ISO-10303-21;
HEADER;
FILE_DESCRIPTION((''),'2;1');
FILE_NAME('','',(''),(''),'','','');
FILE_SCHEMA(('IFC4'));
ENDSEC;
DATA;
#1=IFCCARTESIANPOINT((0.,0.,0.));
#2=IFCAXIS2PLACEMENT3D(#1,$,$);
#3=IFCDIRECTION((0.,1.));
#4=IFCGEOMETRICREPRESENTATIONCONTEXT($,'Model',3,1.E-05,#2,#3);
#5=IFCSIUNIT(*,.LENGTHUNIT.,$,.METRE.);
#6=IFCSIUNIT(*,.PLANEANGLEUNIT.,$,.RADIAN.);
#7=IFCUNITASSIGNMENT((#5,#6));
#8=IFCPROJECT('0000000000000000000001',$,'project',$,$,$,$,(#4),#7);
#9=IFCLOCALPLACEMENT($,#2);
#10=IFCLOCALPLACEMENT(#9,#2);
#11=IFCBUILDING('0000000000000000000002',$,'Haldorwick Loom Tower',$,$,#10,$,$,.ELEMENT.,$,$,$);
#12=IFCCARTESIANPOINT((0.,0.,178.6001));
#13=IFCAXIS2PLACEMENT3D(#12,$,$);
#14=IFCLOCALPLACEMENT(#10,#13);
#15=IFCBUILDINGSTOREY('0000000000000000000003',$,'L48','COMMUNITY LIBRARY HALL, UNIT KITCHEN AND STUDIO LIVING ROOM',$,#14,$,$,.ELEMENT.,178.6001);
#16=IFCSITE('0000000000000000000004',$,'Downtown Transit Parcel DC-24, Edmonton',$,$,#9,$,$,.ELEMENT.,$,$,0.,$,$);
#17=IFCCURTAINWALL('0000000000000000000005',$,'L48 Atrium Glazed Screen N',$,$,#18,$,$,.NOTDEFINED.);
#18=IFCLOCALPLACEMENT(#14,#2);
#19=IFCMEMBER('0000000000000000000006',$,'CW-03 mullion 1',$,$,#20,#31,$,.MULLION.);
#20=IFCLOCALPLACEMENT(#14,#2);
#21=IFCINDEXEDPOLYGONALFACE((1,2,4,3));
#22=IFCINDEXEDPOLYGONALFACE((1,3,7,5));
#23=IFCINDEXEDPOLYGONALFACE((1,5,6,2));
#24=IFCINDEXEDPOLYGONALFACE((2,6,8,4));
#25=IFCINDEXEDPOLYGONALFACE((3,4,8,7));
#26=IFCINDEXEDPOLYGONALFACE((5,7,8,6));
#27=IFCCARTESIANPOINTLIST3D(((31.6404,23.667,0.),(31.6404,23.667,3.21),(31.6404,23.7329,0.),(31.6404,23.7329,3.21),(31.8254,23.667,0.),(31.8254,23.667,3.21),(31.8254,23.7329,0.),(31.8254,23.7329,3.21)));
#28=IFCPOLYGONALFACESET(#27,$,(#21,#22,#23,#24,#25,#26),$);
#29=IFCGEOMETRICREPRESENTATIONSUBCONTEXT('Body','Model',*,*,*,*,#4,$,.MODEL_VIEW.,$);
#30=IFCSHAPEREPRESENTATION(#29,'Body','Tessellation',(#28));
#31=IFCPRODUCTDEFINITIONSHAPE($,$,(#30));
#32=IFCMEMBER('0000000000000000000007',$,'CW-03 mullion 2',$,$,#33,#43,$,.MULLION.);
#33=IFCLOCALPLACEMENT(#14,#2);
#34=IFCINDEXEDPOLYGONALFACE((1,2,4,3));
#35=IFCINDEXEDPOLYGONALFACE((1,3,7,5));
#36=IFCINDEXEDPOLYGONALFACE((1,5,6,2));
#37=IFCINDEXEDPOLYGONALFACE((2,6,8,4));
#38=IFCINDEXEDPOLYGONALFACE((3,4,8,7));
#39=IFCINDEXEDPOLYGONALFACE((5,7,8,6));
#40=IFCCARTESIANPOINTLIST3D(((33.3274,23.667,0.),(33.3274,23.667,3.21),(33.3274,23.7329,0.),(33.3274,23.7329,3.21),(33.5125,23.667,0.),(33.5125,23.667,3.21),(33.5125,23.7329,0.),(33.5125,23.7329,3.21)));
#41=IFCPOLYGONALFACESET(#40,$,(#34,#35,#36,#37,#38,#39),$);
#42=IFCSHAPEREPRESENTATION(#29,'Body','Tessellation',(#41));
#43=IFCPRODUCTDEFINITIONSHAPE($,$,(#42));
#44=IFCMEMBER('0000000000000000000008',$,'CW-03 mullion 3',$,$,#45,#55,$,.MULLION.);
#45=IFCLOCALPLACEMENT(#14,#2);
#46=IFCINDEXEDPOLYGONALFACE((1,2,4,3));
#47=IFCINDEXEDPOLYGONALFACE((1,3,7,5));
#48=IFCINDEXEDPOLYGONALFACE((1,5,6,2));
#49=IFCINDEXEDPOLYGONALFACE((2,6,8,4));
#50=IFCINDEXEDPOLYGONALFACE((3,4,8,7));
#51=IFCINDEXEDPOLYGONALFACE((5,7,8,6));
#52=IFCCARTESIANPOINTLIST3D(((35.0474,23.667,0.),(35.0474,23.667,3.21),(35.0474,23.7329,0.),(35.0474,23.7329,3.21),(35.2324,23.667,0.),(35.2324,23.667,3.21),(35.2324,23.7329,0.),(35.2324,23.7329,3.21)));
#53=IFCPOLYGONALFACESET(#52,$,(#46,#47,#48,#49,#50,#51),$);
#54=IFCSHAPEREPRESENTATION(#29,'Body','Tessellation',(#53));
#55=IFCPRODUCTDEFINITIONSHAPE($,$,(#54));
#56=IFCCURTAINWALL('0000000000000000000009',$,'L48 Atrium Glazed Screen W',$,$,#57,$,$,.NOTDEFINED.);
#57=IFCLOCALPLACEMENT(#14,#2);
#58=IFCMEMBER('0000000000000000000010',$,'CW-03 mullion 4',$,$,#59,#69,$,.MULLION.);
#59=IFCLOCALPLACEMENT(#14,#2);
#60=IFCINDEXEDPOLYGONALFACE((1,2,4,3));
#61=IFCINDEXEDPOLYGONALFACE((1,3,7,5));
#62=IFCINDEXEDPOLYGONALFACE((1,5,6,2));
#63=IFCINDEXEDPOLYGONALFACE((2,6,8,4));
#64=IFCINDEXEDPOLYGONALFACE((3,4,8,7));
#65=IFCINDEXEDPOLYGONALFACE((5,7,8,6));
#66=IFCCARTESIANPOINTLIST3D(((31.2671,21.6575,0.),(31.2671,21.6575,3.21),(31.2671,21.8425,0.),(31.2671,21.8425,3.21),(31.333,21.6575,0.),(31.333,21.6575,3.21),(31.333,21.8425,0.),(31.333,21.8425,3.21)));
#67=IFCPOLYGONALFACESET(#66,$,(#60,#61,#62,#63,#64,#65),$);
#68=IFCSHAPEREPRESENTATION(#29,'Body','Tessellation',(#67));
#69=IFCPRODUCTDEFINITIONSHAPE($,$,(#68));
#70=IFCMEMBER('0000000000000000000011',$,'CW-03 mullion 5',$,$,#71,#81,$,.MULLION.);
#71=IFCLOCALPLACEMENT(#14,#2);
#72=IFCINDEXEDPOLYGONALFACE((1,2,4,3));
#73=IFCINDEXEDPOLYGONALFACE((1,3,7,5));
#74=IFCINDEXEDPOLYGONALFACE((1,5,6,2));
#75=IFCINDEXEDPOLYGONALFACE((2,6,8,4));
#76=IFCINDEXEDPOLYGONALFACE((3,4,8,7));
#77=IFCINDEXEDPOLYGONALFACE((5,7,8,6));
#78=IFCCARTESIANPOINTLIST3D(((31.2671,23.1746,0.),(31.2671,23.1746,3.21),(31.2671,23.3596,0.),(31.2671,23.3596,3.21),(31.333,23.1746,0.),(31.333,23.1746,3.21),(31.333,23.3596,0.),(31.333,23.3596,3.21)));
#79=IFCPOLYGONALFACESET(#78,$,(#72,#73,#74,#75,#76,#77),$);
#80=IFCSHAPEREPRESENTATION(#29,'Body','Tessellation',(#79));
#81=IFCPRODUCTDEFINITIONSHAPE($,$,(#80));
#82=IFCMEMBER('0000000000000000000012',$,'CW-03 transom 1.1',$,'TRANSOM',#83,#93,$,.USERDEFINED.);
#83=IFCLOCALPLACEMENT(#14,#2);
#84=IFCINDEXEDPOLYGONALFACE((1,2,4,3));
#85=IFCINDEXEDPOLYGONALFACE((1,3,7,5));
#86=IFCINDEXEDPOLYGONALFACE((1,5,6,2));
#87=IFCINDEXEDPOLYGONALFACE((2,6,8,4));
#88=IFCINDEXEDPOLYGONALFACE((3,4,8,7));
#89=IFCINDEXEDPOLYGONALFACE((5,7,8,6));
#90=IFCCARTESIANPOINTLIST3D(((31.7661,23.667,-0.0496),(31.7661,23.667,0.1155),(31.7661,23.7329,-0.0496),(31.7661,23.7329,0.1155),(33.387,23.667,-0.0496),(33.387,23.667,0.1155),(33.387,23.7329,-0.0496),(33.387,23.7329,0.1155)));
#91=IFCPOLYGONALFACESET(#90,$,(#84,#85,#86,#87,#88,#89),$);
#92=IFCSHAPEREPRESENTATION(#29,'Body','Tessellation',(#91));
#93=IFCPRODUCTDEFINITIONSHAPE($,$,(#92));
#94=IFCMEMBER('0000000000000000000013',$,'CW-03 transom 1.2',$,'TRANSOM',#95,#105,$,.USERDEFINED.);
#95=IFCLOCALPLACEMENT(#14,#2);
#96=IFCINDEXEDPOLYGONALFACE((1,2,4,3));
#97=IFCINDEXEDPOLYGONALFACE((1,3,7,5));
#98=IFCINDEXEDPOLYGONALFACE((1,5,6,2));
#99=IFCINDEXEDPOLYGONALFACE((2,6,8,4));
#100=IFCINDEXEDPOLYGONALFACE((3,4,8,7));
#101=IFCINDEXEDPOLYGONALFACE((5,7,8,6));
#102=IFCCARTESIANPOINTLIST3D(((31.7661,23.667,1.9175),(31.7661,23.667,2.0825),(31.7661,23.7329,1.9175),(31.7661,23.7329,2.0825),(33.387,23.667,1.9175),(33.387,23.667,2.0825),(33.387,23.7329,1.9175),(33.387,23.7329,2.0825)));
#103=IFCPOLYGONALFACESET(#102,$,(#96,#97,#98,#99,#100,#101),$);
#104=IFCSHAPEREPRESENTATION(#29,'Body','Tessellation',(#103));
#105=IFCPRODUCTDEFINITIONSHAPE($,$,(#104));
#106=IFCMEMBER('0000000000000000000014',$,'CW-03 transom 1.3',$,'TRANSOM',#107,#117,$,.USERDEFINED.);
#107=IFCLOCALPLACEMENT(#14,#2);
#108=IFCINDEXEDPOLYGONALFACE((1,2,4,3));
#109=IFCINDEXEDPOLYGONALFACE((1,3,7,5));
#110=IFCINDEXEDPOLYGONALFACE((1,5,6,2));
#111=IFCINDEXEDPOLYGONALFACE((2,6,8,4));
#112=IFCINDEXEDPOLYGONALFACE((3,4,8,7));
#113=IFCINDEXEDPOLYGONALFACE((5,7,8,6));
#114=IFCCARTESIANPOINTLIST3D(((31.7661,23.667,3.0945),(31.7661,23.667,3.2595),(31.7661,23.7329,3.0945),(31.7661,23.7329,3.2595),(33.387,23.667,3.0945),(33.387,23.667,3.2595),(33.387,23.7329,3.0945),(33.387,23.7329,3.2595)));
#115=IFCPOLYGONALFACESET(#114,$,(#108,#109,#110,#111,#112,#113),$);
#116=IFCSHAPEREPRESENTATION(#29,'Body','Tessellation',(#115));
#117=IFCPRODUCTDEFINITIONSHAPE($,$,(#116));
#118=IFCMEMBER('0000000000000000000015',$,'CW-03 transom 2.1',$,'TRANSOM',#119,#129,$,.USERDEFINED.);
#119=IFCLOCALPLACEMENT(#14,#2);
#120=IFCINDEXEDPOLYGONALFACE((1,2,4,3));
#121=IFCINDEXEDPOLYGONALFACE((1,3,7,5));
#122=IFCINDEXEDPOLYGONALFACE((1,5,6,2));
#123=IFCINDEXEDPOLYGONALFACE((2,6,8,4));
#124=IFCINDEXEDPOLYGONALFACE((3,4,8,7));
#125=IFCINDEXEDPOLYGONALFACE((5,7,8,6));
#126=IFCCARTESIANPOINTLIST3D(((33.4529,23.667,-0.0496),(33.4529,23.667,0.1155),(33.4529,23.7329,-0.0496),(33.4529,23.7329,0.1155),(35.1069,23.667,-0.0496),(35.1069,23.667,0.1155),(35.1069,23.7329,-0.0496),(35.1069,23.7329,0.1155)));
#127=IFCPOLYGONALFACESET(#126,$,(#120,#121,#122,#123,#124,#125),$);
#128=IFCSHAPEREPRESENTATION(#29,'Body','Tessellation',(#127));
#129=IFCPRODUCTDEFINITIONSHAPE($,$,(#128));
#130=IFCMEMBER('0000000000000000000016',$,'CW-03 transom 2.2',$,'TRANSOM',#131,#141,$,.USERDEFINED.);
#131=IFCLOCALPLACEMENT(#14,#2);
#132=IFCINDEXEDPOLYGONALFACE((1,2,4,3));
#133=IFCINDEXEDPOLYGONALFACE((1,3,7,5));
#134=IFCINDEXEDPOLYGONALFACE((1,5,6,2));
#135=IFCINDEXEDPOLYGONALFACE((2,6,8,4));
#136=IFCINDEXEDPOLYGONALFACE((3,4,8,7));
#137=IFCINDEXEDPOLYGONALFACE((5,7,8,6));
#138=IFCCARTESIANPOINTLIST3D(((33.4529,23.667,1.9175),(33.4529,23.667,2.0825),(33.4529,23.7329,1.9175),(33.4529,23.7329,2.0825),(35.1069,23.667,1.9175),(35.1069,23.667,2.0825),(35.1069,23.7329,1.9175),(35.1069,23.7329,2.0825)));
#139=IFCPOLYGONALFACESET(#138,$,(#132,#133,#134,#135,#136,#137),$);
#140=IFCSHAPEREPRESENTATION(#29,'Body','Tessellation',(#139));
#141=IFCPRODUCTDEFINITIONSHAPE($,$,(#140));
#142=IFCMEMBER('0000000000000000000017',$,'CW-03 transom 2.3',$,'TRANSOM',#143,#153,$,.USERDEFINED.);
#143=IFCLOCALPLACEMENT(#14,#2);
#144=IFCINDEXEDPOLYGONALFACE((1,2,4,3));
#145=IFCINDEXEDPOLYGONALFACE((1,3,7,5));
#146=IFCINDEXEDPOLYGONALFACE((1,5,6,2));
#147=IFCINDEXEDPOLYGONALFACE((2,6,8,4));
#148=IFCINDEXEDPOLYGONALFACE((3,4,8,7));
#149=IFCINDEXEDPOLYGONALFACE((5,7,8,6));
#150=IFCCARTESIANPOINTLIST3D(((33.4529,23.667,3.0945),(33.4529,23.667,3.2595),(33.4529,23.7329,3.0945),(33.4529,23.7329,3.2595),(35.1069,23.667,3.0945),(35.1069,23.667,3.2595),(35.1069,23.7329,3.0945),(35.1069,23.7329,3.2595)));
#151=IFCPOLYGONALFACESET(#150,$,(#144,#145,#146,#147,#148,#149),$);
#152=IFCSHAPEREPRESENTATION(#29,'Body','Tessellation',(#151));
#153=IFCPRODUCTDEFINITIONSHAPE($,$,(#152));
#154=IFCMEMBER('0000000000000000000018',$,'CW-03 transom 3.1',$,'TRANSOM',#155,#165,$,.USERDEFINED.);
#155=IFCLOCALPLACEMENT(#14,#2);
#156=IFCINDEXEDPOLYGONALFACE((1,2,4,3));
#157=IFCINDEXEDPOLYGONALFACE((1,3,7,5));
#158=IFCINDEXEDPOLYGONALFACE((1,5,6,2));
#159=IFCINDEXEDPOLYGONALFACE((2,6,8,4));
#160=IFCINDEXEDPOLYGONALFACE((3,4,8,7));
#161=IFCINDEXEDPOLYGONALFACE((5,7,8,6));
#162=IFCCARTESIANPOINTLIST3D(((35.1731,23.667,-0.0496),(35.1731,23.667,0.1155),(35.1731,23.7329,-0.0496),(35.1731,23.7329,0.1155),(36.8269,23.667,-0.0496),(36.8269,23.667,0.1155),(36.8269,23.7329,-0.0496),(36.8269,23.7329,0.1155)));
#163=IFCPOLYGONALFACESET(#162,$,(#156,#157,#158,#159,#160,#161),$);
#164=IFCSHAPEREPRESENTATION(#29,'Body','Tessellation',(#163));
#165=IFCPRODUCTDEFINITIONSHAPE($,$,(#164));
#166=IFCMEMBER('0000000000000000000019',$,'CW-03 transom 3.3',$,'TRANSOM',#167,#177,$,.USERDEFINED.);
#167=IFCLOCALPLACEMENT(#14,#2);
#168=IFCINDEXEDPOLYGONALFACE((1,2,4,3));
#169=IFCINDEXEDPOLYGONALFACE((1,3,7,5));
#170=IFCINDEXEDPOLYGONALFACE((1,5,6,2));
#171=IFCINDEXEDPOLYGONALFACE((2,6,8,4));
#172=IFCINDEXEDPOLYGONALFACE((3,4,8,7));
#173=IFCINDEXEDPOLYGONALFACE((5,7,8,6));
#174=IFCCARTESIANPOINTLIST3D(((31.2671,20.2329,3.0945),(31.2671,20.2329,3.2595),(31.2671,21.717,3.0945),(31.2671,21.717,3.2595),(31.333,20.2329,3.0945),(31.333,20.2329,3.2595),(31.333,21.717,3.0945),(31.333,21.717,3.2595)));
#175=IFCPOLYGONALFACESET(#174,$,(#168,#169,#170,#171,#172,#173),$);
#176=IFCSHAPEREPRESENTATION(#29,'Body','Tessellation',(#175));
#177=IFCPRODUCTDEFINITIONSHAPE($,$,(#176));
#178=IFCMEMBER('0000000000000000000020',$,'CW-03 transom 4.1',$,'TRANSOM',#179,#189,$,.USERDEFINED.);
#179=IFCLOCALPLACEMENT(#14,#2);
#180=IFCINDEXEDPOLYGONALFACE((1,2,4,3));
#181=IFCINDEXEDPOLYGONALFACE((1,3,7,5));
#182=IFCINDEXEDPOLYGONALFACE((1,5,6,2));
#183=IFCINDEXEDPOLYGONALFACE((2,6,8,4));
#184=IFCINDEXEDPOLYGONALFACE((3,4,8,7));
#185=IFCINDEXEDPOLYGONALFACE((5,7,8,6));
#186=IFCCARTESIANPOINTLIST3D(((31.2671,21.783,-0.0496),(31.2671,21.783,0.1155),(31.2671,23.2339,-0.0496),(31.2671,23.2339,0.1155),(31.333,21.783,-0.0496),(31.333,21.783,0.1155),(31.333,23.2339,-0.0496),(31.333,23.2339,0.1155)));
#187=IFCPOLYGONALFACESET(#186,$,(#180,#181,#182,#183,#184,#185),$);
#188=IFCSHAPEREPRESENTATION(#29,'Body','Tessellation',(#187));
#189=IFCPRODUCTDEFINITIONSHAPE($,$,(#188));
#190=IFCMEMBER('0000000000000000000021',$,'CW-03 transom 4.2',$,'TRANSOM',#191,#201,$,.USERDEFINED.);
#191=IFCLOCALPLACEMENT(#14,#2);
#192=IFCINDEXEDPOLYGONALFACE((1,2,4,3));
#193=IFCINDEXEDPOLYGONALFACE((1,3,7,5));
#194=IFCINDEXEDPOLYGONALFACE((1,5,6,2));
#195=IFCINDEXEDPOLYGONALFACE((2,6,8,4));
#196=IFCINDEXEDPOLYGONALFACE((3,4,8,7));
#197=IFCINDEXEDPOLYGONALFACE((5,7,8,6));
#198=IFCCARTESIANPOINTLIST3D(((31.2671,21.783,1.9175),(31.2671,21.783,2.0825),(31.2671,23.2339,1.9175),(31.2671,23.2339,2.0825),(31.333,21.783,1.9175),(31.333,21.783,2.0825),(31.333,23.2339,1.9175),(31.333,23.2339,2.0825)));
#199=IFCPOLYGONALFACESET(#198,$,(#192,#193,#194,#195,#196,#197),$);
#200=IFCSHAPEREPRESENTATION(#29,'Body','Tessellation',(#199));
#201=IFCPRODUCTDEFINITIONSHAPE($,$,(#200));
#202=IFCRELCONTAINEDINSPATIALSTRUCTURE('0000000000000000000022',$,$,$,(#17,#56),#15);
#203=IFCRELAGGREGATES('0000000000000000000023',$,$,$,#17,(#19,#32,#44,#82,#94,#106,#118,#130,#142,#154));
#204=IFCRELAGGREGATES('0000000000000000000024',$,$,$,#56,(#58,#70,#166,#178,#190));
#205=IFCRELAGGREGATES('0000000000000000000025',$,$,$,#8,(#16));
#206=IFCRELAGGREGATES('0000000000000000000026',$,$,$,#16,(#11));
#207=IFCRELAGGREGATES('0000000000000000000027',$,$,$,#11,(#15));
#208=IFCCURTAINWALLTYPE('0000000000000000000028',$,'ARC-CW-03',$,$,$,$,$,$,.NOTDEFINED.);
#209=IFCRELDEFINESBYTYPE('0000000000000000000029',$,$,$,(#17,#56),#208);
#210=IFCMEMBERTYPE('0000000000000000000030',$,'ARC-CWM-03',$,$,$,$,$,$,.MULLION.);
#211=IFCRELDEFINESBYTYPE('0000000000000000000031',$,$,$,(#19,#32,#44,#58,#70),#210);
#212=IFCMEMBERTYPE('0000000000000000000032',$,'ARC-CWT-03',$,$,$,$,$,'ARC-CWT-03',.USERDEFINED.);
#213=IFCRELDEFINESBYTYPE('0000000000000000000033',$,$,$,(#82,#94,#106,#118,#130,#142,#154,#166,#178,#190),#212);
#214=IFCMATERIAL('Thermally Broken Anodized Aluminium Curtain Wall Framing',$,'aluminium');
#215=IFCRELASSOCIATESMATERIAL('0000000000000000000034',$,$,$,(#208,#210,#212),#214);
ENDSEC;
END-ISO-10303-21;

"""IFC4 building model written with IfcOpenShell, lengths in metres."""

from ifc_helpers import new_model, si_unit, direction, frame, origin, origin_2d, place, context, subcontext, project, spatial, rectangle, extrude, material, material_profile, profile_set, type_object, element, aggregate, save


model = new_model("IFC4")

# Units and contexts
model_context = context("Model", 3, precision=1e-05, world=origin(), true_north=direction((0.0, 1.0)))
body_context = subcontext(model_context, "Body", "Model", "MODEL_VIEW")
ifc_project = project(units=[si_unit("LENGTHUNIT", "METRE"), si_unit("PLANEANGLEUNIT", "RADIAN")], contexts=[model_context])

# Site, building, storey
site_placement = place(None, origin())
site = spatial("IfcSite", under=ifc_project, at=site_placement, Name="Downtown Transit Parcel DC-24, Edmonton", CompositionType="ELEMENT", RefElevation=0.0)
building_placement = place(site_placement, origin())
building = spatial("IfcBuilding", under=site, at=building_placement, Name="Haldorwick Loom Tower", CompositionType="ELEMENT")
storey_placement = place(building_placement, frame((0.0, 0.0, 178.6001)))
storey = spatial("IfcBuildingStorey", under=building, at=storey_placement, Name="L48", Description="COMMUNITY LIBRARY HALL, UNIT KITCHEN AND STUDIO LIVING ROOM", CompositionType="ELEMENT", Elevation=178.6001)

# Curtain walls, members
ifc_material_1 = material(Name="Thermally Broken Anodized Aluminium Curtain Wall Framing", Category="aluminium")
curtain_wall_type = type_object("IfcCurtainWallType", Name="ARC-CW-03", PredefinedType="NOTDEFINED", material=ifc_material_1)
curtain_wall_1_placement = place(storey_placement, origin())
curtain_wall_1 = element("IfcCurtainWall", 1, at=curtain_wall_1_placement, inside=storey, type_object=curtain_wall_type, Name="L48 Atrium Glazed Screen N", PredefinedType="NOTDEFINED")
ifc_material_profile_1 = material_profile(ifc_material_1, rectangle(XDim=0.0659, YDim=0.1851, at=origin_2d()), Name="ALU_MUL_66X185", Category="aluminium")
ifc_profile_set_1 = profile_set([ifc_material_profile_1], Name="Thermally Broken Anodized Aluminium Curtain Wall Framing")
member_type_1 = type_object("IfcMemberType", Name="ARC-CWM-03", PredefinedType="MULLION", material=ifc_profile_set_1)
member_1_placement = place(storey_placement, frame((31.7329, 23.7, 0.0), z_axis=(0.0, 0.0, 1.0), x_axis=(0.0, 1.0, 0.0)))
member_1 = element("IfcMember", 2, at=member_1_placement, type_object=member_type_1, Name="CW-03 mullion 1", PredefinedType="MULLION", context=body_context, shape_type="SweptSolid", body=[
    extrude(rectangle(XDim=0.0659, YDim=0.1851, at=origin_2d()), origin(), (0.0, 0.0, 1.0), 3.21),
])
member_2_placement = place(storey_placement, frame((33.4199, 23.7, 0.0), z_axis=(0.0, 0.0, 1.0), x_axis=(0.0, 1.0, 0.0)))
member_2 = element("IfcMember", 3, at=member_2_placement, type_object=member_type_1, Name="CW-03 mullion 2", PredefinedType="MULLION", context=body_context, shape_type="SweptSolid", body=[
    extrude(rectangle(XDim=0.0659, YDim=0.1851, at=origin_2d()), origin(), (0.0, 0.0, 1.0), 3.21),
])
member_3_placement = place(storey_placement, frame((35.1399, 23.7, 0.0), z_axis=(0.0, 0.0, 1.0), x_axis=(0.0, 1.0, 0.0)))
member_3 = element("IfcMember", 4, at=member_3_placement, type_object=member_type_1, Name="CW-03 mullion 3", PredefinedType="MULLION", context=body_context, shape_type="SweptSolid", body=[
    extrude(rectangle(XDim=0.0659, YDim=0.1851, at=origin_2d()), origin(), (0.0, 0.0, 1.0), 3.21),
])
curtain_wall_2_placement = place(storey_placement, origin())
curtain_wall_2 = element("IfcCurtainWall", 5, at=curtain_wall_2_placement, inside=storey, type_object=curtain_wall_type, Name="L48 Atrium Glazed Screen W", PredefinedType="NOTDEFINED")
member_4_placement = place(storey_placement, frame((31.3, 21.75, 0.0), z_axis=(0.0, 0.0, 1.0), x_axis=(-1.0, 0.0, 0.0)))
member_4 = element("IfcMember", 6, at=member_4_placement, type_object=member_type_1, Name="CW-03 mullion 4", PredefinedType="MULLION", context=body_context, shape_type="SweptSolid", body=[
    extrude(rectangle(XDim=0.0659, YDim=0.1851, at=origin_2d()), origin(), (0.0, 0.0, 1.0), 3.21),
])
member_5_placement = place(storey_placement, frame((31.3, 23.2671, 0.0), z_axis=(0.0, 0.0, 1.0), x_axis=(-1.0, 0.0, 0.0)))
member_5 = element("IfcMember", 7, at=member_5_placement, type_object=member_type_1, Name="CW-03 mullion 5", PredefinedType="MULLION", context=body_context, shape_type="SweptSolid", body=[
    extrude(rectangle(XDim=0.0659, YDim=0.1851, at=origin_2d()), origin(), (0.0, 0.0, 1.0), 3.21),
])

# Members
ifc_material_profile_2 = material_profile(ifc_material_1, rectangle(XDim=0.0659, YDim=0.165, at=origin_2d()), Name="ALU_TRN_66X165", Category="aluminium")
ifc_profile_set_2 = profile_set([ifc_material_profile_2], Name="Thermally Broken Anodized Aluminium Curtain Wall Framing")
member_type_2 = type_object("IfcMemberType", Name="ARC-CWT-03", ElementType="ARC-CWT-03", PredefinedType="USERDEFINED", material=ifc_profile_set_2)
member_6_placement = place(storey_placement, frame((31.7661, 23.7, 0.033), z_axis=(1.0, 0.0, 0.0), x_axis=(0.0, 1.0, 0.0)))
member_6 = element("IfcMember", 8, at=member_6_placement, type_object=member_type_2, Name="CW-03 transom 1.1", ObjectType="TRANSOM", PredefinedType="USERDEFINED", context=body_context, shape_type="SweptSolid", body=[
    extrude(rectangle(XDim=0.0659, YDim=0.165, at=origin_2d()), origin(), (0.0, 0.0, 1.0), 1.6208),
])
member_7_placement = place(storey_placement, frame((31.7661, 23.7, 2.0), z_axis=(1.0, 0.0, 0.0), x_axis=(0.0, 1.0, 0.0)))
member_7 = element("IfcMember", 9, at=member_7_placement, type_object=member_type_2, Name="CW-03 transom 1.2", ObjectType="TRANSOM", PredefinedType="USERDEFINED", context=body_context, shape_type="SweptSolid", body=[
    extrude(rectangle(XDim=0.0659, YDim=0.165, at=origin_2d()), origin(), (0.0, 0.0, 1.0), 1.6208),
])
member_8_placement = place(storey_placement, frame((31.7661, 23.7, 3.177), z_axis=(1.0, 0.0, 0.0), x_axis=(0.0, 1.0, 0.0)))
member_8 = element("IfcMember", 10, at=member_8_placement, type_object=member_type_2, Name="CW-03 transom 1.3", ObjectType="TRANSOM", PredefinedType="USERDEFINED", context=body_context, shape_type="SweptSolid", body=[
    extrude(rectangle(XDim=0.0659, YDim=0.165, at=origin_2d()), origin(), (0.0, 0.0, 1.0), 1.6208),
])
member_9_placement = place(storey_placement, frame((33.4529, 23.7, 0.033), z_axis=(1.0, 0.0, 0.0), x_axis=(0.0, 1.0, 0.0)))
member_9 = element("IfcMember", 11, at=member_9_placement, type_object=member_type_2, Name="CW-03 transom 2.1", ObjectType="TRANSOM", PredefinedType="USERDEFINED", context=body_context, shape_type="SweptSolid", body=[
    extrude(rectangle(XDim=0.0659, YDim=0.165, at=origin_2d()), origin(), (0.0, 0.0, 1.0), 1.6541),
])
member_10_placement = place(storey_placement, frame((33.4529, 23.7, 2.0), z_axis=(1.0, 0.0, 0.0), x_axis=(0.0, 1.0, 0.0)))
member_10 = element("IfcMember", 12, at=member_10_placement, type_object=member_type_2, Name="CW-03 transom 2.2", ObjectType="TRANSOM", PredefinedType="USERDEFINED", context=body_context, shape_type="SweptSolid", body=[
    extrude(rectangle(XDim=0.0659, YDim=0.165, at=origin_2d()), origin(), (0.0, 0.0, 1.0), 1.6541),
])
member_11_placement = place(storey_placement, frame((33.4529, 23.7, 3.177), z_axis=(1.0, 0.0, 0.0), x_axis=(0.0, 1.0, 0.0)))
member_11 = element("IfcMember", 13, at=member_11_placement, type_object=member_type_2, Name="CW-03 transom 2.3", ObjectType="TRANSOM", PredefinedType="USERDEFINED", context=body_context, shape_type="SweptSolid", body=[
    extrude(rectangle(XDim=0.0659, YDim=0.165, at=origin_2d()), origin(), (0.0, 0.0, 1.0), 1.6541),
])
member_12_placement = place(storey_placement, frame((35.1731, 23.7, 0.033), z_axis=(1.0, 0.0, 0.0), x_axis=(0.0, 1.0, 0.0)))
member_12 = element("IfcMember", 14, at=member_12_placement, type_object=member_type_2, Name="CW-03 transom 3.1", ObjectType="TRANSOM", PredefinedType="USERDEFINED", context=body_context, shape_type="SweptSolid", body=[
    extrude(rectangle(XDim=0.0659, YDim=0.165, at=origin_2d()), origin(), (0.0, 0.0, 1.0), 1.6538),
])
member_13_placement = place(storey_placement, frame((31.3, 20.2329, 3.177), z_axis=(0.0, 1.0, 0.0), x_axis=(-1.0, 0.0, 0.0)))
member_13 = element("IfcMember", 15, at=member_13_placement, type_object=member_type_2, Name="CW-03 transom 3.3", ObjectType="TRANSOM", PredefinedType="USERDEFINED", context=body_context, shape_type="SweptSolid", body=[
    extrude(rectangle(XDim=0.0659, YDim=0.165, at=origin_2d()), origin(), (0.0, 0.0, 1.0), 1.4841),
])
member_14_placement = place(storey_placement, frame((31.3, 21.783, 0.033), z_axis=(0.0, 1.0, 0.0), x_axis=(-1.0, 0.0, 0.0)))
member_14 = element("IfcMember", 16, at=member_14_placement, type_object=member_type_2, Name="CW-03 transom 4.1", ObjectType="TRANSOM", PredefinedType="USERDEFINED", context=body_context, shape_type="SweptSolid", body=[
    extrude(rectangle(XDim=0.0659, YDim=0.165, at=origin_2d()), origin(), (0.0, 0.0, 1.0), 1.4509),
])
member_15_placement = place(storey_placement, frame((31.3, 21.783, 2.0), z_axis=(0.0, 1.0, 0.0), x_axis=(-1.0, 0.0, 0.0)))
member_15 = element("IfcMember", 17, at=member_15_placement, type_object=member_type_2, Name="CW-03 transom 4.2", ObjectType="TRANSOM", PredefinedType="USERDEFINED", context=body_context, shape_type="SweptSolid", body=[
    extrude(rectangle(XDim=0.0659, YDim=0.165, at=origin_2d()), origin(), (0.0, 0.0, 1.0), 1.4509),
])

aggregate(curtain_wall_1, [member_1, member_2, member_3, member_6, member_7, member_8, member_9, member_10, member_11, member_12])
aggregate(curtain_wall_2, [member_4, member_5, member_13, member_14, member_15])

save(model, "model.ifc")
